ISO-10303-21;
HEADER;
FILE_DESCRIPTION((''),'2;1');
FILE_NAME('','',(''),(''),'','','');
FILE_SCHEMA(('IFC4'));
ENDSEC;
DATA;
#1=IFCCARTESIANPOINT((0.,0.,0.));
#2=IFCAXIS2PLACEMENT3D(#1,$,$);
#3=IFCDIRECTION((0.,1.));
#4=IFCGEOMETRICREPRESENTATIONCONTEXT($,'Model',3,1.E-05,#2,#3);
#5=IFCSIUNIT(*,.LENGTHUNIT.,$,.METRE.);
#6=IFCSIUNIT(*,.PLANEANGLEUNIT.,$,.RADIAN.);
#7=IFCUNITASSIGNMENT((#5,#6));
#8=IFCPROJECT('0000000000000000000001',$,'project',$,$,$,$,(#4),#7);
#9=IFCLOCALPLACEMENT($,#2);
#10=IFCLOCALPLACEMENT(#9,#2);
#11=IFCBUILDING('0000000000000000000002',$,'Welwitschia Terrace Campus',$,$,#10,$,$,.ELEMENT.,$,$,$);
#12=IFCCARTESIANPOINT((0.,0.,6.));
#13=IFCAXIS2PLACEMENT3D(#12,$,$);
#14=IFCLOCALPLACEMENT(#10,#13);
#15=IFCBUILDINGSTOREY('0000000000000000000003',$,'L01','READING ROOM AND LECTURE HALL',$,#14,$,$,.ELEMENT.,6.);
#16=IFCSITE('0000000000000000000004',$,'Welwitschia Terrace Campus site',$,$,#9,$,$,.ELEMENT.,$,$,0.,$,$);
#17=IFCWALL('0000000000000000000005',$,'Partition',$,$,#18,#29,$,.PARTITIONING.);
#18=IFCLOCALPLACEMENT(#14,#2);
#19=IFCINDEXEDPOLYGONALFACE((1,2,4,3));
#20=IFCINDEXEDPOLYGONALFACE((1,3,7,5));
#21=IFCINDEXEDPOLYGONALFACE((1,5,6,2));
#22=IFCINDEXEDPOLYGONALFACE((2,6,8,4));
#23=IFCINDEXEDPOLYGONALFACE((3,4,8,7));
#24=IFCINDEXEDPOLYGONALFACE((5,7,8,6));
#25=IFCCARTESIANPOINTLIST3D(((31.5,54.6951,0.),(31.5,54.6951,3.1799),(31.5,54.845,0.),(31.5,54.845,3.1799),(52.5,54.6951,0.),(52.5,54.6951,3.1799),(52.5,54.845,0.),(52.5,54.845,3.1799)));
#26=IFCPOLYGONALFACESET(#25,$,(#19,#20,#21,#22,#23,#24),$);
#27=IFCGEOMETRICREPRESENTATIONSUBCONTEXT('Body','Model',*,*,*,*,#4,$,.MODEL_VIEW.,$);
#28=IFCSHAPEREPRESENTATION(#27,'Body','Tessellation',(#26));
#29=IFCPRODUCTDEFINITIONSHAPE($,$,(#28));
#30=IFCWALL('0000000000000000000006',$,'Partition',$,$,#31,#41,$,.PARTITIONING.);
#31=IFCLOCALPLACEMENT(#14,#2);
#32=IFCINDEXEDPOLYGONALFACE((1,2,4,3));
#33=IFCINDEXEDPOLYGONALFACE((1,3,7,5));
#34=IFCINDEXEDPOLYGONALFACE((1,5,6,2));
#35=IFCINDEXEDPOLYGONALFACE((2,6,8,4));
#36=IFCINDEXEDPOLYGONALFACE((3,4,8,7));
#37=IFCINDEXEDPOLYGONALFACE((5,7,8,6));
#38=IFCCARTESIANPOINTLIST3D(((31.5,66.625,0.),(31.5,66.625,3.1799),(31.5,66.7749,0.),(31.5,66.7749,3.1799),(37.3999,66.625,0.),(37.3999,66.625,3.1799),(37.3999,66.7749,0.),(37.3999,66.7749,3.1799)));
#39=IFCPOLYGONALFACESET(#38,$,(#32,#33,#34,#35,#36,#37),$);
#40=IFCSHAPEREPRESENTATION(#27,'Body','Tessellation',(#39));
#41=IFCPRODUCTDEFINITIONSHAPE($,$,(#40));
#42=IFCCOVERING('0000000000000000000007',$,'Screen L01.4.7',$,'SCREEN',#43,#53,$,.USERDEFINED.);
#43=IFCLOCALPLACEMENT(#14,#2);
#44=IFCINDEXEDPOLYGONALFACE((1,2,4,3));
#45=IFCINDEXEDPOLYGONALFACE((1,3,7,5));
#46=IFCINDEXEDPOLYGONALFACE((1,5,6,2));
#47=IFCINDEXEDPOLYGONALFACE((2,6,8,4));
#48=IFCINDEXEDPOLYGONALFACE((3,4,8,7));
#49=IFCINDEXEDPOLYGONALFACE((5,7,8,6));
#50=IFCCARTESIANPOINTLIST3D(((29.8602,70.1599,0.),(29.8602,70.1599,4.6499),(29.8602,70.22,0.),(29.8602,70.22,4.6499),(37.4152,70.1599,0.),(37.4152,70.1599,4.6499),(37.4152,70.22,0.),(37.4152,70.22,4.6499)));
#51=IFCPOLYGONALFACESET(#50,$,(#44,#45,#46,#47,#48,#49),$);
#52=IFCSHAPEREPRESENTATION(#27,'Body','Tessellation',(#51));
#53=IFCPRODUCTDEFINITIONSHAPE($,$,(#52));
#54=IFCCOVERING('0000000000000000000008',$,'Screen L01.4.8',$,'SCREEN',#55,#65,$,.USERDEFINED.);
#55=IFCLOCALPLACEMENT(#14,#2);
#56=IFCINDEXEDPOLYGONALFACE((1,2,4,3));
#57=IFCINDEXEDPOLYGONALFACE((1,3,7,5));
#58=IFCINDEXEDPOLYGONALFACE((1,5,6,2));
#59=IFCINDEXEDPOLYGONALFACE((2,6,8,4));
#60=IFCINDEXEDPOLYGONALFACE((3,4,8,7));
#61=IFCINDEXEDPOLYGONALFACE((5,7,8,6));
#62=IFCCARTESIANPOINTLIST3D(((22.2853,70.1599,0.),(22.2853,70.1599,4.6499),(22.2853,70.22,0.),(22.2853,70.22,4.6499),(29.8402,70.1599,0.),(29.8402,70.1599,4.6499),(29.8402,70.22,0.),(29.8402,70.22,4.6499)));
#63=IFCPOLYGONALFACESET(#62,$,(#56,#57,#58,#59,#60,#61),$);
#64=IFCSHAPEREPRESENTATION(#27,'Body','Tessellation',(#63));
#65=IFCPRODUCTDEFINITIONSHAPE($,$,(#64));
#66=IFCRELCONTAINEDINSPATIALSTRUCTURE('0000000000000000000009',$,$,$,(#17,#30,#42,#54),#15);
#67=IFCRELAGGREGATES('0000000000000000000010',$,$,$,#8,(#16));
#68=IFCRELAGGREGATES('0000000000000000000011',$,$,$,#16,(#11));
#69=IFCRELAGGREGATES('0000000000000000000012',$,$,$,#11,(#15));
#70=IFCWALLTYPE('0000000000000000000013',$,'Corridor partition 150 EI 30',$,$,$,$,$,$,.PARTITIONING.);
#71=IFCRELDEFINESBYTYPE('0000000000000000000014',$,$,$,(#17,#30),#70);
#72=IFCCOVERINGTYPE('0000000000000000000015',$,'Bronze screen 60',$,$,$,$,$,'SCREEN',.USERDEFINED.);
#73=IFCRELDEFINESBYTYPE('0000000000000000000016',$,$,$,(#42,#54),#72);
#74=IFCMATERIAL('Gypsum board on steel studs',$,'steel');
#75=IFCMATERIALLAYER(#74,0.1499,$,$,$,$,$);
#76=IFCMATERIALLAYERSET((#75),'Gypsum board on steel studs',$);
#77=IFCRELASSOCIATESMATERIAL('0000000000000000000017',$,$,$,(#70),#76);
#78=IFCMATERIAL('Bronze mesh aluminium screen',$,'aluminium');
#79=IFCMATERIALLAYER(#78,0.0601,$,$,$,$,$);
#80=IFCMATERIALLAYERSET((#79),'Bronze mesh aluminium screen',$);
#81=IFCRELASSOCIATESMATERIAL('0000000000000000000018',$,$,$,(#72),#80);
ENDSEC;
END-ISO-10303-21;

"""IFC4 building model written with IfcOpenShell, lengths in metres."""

from ifc_helpers import new_model, si_unit, direction, frame, frame_2d, origin, origin_2d, place, context, subcontext, project, spatial, rectangle, extrude, material, layer, layer_set, type_object, element, save


model = new_model("IFC4")

# Units and contexts
model_context = context("Model", 3, precision=1e-05, world=origin(), true_north=direction((0.0, 1.0)))
body_context = subcontext(model_context, "Body", "Model", "MODEL_VIEW")
ifc_project = project(units=[si_unit("LENGTHUNIT", "METRE"), si_unit("PLANEANGLEUNIT", "RADIAN")], contexts=[model_context])

# Site, building, storey
site_placement = place(None, origin())
site = spatial("IfcSite", under=ifc_project, at=site_placement, Name="Welwitschia Terrace Campus site", CompositionType="ELEMENT", RefElevation=0.0)
building_placement = place(site_placement, origin())
building = spatial("IfcBuilding", under=site, at=building_placement, Name="Welwitschia Terrace Campus", CompositionType="ELEMENT")
storey_placement = place(building_placement, frame((0.0, 0.0, 6.0)))
storey = spatial("IfcBuildingStorey", under=building, at=storey_placement, Name="L01", Description="READING ROOM AND LECTURE HALL", CompositionType="ELEMENT", Elevation=6.0)

# Shared definitions
ifc_material_1 = material(Name="Gypsum board on steel studs", Category="steel")
ifc_layer_1 = layer(ifc_material_1, 0.1499)
ifc_layer_set_1 = layer_set([ifc_layer_1], Name="Gypsum board on steel studs")
wall_type_1 = type_object("IfcWallType", Name="Corridor partition 150 EI 30", PredefinedType="PARTITIONING", material=ifc_layer_set_1)

# Walls
wall_1_placement = place(storey_placement, frame((31.5, 54.77, 0.0), z_axis=(0.0, 0.0, 1.0), x_axis=(1.0, 0.0, 0.0)))
element("IfcWall", 1, at=wall_1_placement, inside=storey, type_object=wall_type_1, Name="Partition", PredefinedType="PARTITIONING", context=body_context, shape_type="SweptSolid", body=[
    extrude(rectangle(XDim=21.0, YDim=0.1499, at=frame_2d((10.5, 0.0))), origin(), (0.0, 0.0, 1.0), 3.1799),
])
wall_2_placement = place(storey_placement, frame((31.5, 66.7, 0.0), z_axis=(0.0, 0.0, 1.0), x_axis=(1.0, 0.0, 0.0)))
element("IfcWall", 2, at=wall_2_placement, inside=storey, type_object=wall_type_1, Name="Partition", PredefinedType="PARTITIONING", context=body_context, shape_type="SweptSolid", body=[
    extrude(rectangle(XDim=5.8999, YDim=0.1499, at=frame_2d((2.95, 0.0))), origin(), (0.0, 0.0, 1.0), 3.1799),
])

# Coverings
ifc_material_2 = material(Name="Bronze mesh aluminium screen", Category="aluminium")
ifc_layer_2 = layer(ifc_material_2, 0.0601)
ifc_layer_set_2 = layer_set([ifc_layer_2], Name="Bronze mesh aluminium screen")
covering_type = type_object("IfcCoveringType", Name="Bronze screen 60", ElementType="SCREEN", PredefinedType="USERDEFINED", material=ifc_layer_set_2)
for number, where, z_axis, x_axis, name in (
    (3, (33.6377, 70.1899, 0.0), (0.0, 0.0, 1.0), (-1.0, 0.0, 0.0), "Screen L01.4.7"),
    (4, (26.0627, 70.1899, 0.0), (0.0, 0.0, 1.0), (-1.0, 0.0, 0.0), "Screen L01.4.8"),
):
    element("IfcCovering", number, at=place(storey_placement, frame(where, z_axis=z_axis, x_axis=x_axis)), inside=storey, type_object=covering_type, Name=name, ObjectType="SCREEN", PredefinedType="USERDEFINED", context=body_context, shape_type="SweptSolid", body=[
        extrude(rectangle(XDim=7.5549, YDim=0.0601, at=origin_2d()), origin(), (0.0, 0.0, 1.0), 4.6499),
    ])

save(model, "model.ifc")
